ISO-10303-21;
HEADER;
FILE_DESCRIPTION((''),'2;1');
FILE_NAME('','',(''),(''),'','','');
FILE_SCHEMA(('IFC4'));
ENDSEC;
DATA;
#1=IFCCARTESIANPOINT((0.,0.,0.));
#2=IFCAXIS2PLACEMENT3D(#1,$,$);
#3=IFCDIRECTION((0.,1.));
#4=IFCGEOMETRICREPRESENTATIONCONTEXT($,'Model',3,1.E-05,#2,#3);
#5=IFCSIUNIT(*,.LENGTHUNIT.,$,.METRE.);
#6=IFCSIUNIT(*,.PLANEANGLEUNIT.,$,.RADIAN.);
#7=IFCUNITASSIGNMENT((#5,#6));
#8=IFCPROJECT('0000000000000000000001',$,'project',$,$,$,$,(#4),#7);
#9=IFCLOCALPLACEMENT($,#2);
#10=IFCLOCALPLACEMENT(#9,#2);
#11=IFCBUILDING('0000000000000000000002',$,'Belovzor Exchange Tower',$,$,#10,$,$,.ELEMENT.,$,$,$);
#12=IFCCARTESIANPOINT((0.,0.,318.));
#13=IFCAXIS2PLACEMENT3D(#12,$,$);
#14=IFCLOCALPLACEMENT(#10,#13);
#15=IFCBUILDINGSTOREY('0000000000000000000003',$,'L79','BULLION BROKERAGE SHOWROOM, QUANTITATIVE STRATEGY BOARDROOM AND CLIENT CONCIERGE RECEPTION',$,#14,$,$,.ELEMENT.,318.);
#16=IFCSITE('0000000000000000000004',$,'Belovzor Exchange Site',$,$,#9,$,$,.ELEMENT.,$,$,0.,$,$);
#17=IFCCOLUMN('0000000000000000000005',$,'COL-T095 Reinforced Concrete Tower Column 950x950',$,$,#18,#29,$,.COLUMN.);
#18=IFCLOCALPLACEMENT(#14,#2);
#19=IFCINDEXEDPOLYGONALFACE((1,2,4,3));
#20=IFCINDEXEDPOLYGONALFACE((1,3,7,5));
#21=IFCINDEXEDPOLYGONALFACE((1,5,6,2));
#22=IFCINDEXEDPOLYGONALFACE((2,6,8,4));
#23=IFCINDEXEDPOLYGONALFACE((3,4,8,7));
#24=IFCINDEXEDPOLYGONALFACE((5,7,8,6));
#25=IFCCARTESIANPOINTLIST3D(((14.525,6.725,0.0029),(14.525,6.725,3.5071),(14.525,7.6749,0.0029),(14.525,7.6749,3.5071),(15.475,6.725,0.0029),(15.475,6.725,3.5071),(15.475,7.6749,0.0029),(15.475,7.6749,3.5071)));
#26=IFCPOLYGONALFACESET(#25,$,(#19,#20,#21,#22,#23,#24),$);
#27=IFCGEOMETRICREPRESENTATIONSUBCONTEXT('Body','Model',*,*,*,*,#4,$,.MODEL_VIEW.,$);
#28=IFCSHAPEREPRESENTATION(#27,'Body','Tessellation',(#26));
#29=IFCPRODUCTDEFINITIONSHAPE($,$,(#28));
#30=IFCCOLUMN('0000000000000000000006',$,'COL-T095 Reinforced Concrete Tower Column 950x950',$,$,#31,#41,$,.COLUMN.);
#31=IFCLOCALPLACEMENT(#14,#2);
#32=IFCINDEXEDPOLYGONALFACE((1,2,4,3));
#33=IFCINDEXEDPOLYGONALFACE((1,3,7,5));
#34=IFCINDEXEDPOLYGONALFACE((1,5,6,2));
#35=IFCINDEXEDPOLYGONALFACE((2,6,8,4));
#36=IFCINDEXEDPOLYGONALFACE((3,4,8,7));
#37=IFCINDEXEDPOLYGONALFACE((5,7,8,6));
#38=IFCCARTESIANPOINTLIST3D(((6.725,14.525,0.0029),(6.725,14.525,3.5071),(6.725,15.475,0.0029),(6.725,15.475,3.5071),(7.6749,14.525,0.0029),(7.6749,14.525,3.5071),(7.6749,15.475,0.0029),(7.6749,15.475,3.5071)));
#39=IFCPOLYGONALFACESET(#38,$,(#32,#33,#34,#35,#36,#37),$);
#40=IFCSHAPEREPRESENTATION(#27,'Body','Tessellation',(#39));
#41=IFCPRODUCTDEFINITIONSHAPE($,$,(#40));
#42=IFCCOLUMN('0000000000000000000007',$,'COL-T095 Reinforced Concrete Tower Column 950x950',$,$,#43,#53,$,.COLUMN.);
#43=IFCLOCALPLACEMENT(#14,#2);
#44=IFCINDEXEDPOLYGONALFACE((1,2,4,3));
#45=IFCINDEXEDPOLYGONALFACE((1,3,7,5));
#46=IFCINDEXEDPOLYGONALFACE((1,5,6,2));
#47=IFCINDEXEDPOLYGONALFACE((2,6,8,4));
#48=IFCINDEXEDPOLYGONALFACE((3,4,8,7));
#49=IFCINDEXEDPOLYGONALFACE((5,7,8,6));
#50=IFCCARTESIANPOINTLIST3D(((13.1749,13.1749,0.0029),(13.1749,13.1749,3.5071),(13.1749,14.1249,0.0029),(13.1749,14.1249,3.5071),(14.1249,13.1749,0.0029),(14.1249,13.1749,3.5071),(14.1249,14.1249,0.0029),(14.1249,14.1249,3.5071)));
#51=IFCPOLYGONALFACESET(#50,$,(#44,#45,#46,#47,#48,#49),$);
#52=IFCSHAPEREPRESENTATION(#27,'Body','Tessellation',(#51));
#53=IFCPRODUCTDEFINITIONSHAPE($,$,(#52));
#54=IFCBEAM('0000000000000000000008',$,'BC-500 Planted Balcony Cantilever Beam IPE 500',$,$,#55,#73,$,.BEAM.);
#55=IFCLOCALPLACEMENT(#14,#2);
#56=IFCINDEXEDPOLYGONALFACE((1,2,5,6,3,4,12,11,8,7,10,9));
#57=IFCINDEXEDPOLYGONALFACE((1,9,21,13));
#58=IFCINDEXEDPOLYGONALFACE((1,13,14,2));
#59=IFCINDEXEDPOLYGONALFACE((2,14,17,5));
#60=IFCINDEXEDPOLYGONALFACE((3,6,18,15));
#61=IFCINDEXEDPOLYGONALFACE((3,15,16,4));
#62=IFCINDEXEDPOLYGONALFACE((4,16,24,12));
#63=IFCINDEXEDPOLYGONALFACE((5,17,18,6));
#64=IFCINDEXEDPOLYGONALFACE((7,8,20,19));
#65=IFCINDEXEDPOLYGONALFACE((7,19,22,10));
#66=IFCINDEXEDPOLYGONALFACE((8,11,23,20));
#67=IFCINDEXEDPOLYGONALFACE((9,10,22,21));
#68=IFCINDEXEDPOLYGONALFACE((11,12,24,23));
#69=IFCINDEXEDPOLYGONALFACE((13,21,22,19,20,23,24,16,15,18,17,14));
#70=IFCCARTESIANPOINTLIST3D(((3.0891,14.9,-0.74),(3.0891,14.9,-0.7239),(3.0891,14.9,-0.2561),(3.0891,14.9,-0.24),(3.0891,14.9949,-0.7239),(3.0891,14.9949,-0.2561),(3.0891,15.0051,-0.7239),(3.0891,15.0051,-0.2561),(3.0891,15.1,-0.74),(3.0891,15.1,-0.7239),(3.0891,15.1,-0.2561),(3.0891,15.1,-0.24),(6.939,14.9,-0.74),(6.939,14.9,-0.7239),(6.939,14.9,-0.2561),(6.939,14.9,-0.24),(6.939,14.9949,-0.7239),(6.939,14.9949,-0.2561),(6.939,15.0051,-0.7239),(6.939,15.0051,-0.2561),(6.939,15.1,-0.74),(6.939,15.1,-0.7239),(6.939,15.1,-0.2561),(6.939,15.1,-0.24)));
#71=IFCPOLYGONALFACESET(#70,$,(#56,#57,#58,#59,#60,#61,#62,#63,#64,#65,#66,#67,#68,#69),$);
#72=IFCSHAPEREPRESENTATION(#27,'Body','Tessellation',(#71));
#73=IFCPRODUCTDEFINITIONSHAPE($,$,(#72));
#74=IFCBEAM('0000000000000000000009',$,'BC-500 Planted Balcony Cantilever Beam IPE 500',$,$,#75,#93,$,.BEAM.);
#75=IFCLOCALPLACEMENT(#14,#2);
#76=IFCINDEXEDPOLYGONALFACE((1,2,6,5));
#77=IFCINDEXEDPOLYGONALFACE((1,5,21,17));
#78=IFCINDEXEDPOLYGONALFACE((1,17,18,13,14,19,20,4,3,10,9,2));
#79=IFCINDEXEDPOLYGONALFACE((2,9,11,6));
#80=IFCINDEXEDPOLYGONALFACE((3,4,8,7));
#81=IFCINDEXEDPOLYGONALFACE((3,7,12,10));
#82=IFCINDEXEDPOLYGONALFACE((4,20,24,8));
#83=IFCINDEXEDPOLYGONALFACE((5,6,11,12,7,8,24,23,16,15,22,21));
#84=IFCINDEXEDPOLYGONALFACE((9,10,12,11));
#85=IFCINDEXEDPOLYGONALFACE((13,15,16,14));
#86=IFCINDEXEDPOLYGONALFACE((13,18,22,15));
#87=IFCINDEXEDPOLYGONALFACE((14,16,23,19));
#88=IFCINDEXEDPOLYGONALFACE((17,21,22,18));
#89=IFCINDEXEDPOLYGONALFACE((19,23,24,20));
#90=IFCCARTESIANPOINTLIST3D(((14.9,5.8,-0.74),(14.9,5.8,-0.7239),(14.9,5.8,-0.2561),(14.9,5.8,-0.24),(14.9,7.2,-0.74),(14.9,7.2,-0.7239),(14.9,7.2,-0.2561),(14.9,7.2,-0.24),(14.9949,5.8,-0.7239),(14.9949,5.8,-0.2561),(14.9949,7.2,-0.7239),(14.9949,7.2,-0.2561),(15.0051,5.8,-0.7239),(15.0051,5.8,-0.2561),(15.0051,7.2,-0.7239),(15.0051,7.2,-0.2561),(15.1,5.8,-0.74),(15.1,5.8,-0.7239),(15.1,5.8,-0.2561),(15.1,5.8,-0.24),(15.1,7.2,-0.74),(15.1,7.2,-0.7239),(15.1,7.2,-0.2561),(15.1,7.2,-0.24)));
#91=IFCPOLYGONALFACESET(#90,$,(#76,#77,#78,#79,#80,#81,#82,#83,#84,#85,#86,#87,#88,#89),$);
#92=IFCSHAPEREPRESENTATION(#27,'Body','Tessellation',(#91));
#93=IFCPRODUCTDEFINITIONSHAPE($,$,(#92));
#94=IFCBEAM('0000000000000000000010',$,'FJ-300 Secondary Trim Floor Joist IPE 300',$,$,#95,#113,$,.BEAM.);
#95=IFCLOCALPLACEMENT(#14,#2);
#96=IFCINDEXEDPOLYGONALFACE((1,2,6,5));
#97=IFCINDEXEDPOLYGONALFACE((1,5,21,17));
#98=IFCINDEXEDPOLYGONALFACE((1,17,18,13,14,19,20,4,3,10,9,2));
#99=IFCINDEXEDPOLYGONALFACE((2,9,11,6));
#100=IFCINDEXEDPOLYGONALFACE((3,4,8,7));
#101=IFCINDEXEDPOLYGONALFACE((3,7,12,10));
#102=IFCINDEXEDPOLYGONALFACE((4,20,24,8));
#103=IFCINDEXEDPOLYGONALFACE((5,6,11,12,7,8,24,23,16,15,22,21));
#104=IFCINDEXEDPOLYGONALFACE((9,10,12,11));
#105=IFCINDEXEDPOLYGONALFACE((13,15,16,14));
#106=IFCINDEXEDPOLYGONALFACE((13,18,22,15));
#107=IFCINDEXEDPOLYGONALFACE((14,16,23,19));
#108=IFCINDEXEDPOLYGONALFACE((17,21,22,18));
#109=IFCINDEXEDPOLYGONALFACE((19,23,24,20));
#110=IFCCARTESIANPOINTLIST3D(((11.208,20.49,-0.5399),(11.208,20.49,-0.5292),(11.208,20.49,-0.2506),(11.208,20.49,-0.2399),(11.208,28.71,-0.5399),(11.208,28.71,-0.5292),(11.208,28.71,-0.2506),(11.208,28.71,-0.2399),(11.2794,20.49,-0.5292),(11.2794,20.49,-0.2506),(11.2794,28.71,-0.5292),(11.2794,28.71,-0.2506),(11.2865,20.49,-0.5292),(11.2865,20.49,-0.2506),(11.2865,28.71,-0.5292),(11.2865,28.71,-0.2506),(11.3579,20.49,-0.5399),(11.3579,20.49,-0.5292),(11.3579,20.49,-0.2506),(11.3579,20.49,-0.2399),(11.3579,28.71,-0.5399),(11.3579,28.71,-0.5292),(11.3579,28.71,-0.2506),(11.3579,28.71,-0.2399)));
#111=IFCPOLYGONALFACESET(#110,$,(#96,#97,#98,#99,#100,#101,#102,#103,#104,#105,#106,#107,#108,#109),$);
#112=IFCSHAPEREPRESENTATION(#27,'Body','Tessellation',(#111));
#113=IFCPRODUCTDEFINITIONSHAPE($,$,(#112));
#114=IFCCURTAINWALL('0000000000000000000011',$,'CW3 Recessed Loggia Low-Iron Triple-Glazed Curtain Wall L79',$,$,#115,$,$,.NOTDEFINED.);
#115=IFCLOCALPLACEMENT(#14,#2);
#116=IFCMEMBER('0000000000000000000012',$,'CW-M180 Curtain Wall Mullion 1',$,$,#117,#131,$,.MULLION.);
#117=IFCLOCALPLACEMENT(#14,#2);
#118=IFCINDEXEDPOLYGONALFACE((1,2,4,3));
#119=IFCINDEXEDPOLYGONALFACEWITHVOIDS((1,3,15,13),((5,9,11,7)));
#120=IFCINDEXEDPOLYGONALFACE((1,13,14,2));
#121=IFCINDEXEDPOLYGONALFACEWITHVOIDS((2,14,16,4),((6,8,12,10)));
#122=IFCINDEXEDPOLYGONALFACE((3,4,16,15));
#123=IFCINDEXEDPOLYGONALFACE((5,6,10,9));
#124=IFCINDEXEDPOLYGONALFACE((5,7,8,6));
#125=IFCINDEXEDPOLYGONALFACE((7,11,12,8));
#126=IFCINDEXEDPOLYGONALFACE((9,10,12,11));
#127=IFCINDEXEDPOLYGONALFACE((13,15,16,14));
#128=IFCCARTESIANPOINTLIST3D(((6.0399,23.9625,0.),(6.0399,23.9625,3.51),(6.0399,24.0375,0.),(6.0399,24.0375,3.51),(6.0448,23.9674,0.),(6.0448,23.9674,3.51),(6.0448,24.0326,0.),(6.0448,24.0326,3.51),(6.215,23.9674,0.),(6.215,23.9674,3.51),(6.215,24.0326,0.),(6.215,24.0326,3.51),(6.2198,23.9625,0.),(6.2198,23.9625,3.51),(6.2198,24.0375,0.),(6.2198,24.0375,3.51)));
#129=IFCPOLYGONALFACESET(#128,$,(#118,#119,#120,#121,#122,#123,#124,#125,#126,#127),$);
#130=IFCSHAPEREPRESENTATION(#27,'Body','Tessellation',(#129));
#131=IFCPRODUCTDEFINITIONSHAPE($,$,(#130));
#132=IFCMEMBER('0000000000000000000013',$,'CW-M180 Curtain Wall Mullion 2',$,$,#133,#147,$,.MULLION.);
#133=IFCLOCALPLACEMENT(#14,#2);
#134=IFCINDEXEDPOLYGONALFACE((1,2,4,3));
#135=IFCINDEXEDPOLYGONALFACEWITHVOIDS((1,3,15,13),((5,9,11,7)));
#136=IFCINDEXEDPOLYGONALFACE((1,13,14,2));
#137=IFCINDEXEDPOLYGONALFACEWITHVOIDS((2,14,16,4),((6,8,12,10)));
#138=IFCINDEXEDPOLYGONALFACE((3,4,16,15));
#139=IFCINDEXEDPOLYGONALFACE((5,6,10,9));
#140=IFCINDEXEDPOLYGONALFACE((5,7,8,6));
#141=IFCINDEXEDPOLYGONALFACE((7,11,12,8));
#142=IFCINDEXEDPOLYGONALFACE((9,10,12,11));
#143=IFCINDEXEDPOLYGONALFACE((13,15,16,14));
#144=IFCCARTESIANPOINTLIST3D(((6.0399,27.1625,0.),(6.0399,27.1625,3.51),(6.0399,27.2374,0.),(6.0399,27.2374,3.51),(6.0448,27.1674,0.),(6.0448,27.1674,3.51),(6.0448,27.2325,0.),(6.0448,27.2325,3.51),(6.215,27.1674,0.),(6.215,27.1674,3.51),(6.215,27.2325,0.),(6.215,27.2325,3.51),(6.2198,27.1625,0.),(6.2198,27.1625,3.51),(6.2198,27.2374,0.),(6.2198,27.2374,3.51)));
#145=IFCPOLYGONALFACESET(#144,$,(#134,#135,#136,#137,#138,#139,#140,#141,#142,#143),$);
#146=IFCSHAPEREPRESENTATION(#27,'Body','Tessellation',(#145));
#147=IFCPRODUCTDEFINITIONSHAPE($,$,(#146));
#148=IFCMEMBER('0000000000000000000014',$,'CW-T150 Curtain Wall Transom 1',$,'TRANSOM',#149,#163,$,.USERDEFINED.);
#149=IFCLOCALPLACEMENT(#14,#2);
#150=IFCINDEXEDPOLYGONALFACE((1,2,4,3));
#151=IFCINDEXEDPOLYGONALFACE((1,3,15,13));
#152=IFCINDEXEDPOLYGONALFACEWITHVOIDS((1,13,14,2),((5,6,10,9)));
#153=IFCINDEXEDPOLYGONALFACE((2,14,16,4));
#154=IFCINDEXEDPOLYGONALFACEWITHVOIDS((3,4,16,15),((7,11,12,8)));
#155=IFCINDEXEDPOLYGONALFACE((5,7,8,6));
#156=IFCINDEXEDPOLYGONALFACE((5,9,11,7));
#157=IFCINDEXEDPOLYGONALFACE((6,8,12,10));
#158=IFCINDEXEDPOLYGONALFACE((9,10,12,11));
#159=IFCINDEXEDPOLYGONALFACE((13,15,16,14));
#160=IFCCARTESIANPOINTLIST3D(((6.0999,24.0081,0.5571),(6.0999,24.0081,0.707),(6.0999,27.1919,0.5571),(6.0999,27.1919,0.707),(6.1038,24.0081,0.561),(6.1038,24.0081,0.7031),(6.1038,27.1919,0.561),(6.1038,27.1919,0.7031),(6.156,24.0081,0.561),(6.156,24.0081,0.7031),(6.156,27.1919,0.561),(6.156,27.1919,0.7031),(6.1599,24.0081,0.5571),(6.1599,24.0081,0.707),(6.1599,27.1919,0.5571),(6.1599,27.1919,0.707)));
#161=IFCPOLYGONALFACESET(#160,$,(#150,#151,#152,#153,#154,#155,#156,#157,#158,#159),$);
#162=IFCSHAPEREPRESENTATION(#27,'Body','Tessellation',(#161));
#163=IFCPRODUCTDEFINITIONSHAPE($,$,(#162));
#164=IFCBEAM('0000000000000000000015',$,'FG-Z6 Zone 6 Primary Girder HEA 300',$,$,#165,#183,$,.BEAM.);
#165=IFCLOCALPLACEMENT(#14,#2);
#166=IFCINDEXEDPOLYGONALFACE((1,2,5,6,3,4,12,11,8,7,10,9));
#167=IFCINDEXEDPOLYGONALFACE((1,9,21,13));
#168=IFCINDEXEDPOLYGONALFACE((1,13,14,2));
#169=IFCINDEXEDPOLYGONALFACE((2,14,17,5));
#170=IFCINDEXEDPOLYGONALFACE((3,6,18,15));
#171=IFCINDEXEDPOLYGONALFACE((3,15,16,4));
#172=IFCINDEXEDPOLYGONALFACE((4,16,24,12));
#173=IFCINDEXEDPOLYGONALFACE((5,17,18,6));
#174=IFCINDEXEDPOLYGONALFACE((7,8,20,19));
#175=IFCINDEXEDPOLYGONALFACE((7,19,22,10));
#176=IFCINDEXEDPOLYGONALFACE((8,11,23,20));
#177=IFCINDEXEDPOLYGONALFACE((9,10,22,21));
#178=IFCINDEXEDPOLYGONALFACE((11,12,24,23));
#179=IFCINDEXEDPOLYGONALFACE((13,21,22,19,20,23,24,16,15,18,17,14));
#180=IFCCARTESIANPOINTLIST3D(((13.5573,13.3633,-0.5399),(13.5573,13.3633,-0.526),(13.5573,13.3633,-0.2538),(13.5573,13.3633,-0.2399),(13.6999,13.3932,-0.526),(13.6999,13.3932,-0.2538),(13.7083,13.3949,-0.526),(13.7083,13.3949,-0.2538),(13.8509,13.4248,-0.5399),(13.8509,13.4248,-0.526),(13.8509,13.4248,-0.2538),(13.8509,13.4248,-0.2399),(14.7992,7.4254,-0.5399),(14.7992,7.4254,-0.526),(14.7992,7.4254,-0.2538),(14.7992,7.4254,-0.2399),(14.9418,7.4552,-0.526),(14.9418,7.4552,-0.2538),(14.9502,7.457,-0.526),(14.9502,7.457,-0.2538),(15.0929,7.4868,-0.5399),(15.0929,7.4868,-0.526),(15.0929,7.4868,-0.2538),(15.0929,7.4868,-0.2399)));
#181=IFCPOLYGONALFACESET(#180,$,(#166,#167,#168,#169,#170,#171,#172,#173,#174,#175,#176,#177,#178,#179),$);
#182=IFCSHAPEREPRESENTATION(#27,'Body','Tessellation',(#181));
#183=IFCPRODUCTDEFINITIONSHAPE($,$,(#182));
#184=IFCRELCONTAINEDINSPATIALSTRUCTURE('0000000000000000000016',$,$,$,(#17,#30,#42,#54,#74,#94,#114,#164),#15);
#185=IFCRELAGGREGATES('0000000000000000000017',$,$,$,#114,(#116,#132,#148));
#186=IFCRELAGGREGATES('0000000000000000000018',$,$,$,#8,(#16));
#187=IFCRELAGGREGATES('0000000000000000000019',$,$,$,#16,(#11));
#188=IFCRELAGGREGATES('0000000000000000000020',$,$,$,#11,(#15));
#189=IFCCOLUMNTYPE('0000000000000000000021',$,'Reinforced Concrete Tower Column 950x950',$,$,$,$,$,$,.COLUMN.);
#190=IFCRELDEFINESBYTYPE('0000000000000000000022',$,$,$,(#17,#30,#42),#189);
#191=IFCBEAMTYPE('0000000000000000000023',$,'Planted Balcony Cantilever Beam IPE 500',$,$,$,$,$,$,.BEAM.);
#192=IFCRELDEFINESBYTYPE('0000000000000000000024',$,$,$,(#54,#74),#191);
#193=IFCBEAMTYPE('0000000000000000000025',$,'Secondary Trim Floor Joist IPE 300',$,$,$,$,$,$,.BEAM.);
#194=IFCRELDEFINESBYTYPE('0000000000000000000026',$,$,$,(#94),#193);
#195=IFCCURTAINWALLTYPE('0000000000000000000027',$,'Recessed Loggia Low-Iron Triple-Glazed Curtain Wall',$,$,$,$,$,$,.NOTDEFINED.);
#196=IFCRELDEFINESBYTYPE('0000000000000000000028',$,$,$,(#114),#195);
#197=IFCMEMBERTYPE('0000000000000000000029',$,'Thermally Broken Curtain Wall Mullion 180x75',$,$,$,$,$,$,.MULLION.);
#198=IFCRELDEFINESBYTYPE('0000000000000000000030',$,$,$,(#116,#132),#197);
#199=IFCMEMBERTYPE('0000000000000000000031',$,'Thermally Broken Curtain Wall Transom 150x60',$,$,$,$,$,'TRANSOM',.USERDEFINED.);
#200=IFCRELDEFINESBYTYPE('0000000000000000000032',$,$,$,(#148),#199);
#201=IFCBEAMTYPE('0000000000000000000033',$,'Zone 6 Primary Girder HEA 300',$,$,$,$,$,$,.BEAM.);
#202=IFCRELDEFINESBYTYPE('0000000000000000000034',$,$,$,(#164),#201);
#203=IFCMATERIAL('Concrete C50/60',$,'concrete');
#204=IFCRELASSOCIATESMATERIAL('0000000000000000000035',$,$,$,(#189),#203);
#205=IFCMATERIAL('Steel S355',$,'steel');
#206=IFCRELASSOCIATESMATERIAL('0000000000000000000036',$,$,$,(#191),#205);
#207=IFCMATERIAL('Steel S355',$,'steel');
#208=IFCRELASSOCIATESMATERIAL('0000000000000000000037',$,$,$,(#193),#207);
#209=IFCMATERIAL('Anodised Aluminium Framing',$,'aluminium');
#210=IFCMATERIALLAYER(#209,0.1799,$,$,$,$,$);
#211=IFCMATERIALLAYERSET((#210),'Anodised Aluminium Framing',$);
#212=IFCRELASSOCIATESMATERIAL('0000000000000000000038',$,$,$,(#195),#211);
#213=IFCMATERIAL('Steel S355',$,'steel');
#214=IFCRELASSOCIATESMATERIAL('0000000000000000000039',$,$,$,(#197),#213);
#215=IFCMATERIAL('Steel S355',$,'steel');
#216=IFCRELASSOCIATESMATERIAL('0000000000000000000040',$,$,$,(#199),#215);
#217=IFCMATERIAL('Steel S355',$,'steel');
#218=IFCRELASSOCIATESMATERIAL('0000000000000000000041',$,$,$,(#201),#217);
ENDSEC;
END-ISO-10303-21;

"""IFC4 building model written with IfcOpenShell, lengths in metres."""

from ifc_helpers import new_model, si_unit, direction, frame, origin, origin_2d, place, context, subcontext, project, spatial, rectangle, hollow_rectangle, i_section, extrude, material, layer, layer_set, material_profile, profile_set, type_object, element, aggregate, save


model = new_model("IFC4")

# Units and contexts
model_context = context("Model", 3, precision=1e-05, world=origin(), true_north=direction((0.0, 1.0)))
body_context = subcontext(model_context, "Body", "Model", "MODEL_VIEW")
ifc_project = project(units=[si_unit("LENGTHUNIT", "METRE"), si_unit("PLANEANGLEUNIT", "RADIAN")], contexts=[model_context])

# Site, building, storey
site_placement = place(None, origin())
site = spatial("IfcSite", under=ifc_project, at=site_placement, Name="Belovzor Exchange Site", CompositionType="ELEMENT", RefElevation=0.0)
building_placement = place(site_placement, origin())
building = spatial("IfcBuilding", under=site, at=building_placement, Name="Belovzor Exchange Tower", CompositionType="ELEMENT")
storey_placement = place(building_placement, frame((0.0, 0.0, 318.0)))
storey = spatial("IfcBuildingStorey", under=building, at=storey_placement, Name="L79", Description="BULLION BROKERAGE SHOWROOM, QUANTITATIVE STRATEGY BOARDROOM AND CLIENT CONCIERGE RECEPTION", CompositionType="ELEMENT", Elevation=318.0)

# Columns
ifc_material_1 = material(Name="Concrete C50/60", Category="concrete")
ifc_material_profile_1 = material_profile(ifc_material_1, rectangle(XDim=0.95, YDim=0.95, at=origin_2d()))
ifc_profile_set_1 = profile_set([ifc_material_profile_1], Name="Concrete C50/60")
column_type = type_object("IfcColumnType", Name="Reinforced Concrete Tower Column 950x950", PredefinedType="COLUMN", material=ifc_profile_set_1)
for number, where, z_axis, x_axis, name in (
    (1, (15.0, 7.2, 0.0029), (0.0, 0.0, 1.0), (1.0, 0.0, 0.0), "COL-T095 Reinforced Concrete Tower Column 950x950"),
    (2, (7.2, 15.0, 0.0029), (0.0, 0.0, 1.0), (1.0, 0.0, 0.0), "COL-T095 Reinforced Concrete Tower Column 950x950"),
    (3, (13.6499, 13.6499, 0.0029), (0.0, 0.0, 1.0), (1.0, 0.0, 0.0), "COL-T095 Reinforced Concrete Tower Column 950x950"),
):
    element("IfcColumn", number, at=place(storey_placement, frame(where, z_axis=z_axis, x_axis=x_axis)), inside=storey, type_object=column_type, Name=name, PredefinedType="COLUMN", context=body_context, shape_type="SweptSolid", body=[
        extrude(rectangle(XDim=0.95, YDim=0.95, at=origin_2d()), origin(), (0.0, 0.0, 1.0), 3.5042),
    ])

# Beams
ifc_material_2 = material(Name="Steel S355", Category="steel")
ifc_material_profile_2 = material_profile(ifc_material_2, i_section(OverallWidth=0.2, OverallDepth=0.5, WebThickness=0.0103, FlangeThickness=0.0161, at=origin_2d()))
ifc_profile_set_2 = profile_set([ifc_material_profile_2], Name="Steel S355")
beam_type_1 = type_object("IfcBeamType", Name="Planted Balcony Cantilever Beam IPE 500", PredefinedType="BEAM", material=ifc_profile_set_2)
beam_1_placement = place(storey_placement, frame((6.939, 15.0, -0.49), z_axis=(-1.0, 0.0, 0.0), x_axis=(0.0, -1.0, 0.0)))
element("IfcBeam", 4, at=beam_1_placement, inside=storey, type_object=beam_type_1, Name="BC-500 Planted Balcony Cantilever Beam IPE 500", PredefinedType="BEAM", context=body_context, shape_type="SweptSolid", body=[
    extrude(i_section(OverallWidth=0.2, OverallDepth=0.5, WebThickness=0.0103, FlangeThickness=0.0161, at=origin_2d()), origin(), (0.0, 0.0, 1.0), 3.8499),
])
beam_2_placement = place(storey_placement, frame((15.0, 7.2, -0.49), z_axis=(0.0, -1.0, 0.0), x_axis=(1.0, 0.0, 0.0)))
element("IfcBeam", 5, at=beam_2_placement, inside=storey, type_object=beam_type_1, Name="BC-500 Planted Balcony Cantilever Beam IPE 500", PredefinedType="BEAM", context=body_context, shape_type="SweptSolid", body=[
    extrude(i_section(OverallWidth=0.2, OverallDepth=0.5, WebThickness=0.0103, FlangeThickness=0.0161, at=origin_2d()), origin(), (0.0, 0.0, 1.0), 1.3999),
])
ifc_material_3 = material(Name="Steel S355", Category="steel")
ifc_material_profile_3 = material_profile(ifc_material_3, i_section(OverallWidth=0.1499, OverallDepth=0.3, WebThickness=0.0071, FlangeThickness=0.0107, at=origin_2d()))
ifc_profile_set_3 = profile_set([ifc_material_profile_3], Name="Steel S355")
beam_type_2 = type_object("IfcBeamType", Name="Secondary Trim Floor Joist IPE 300", PredefinedType="BEAM", material=ifc_profile_set_3)
beam_3_placement = place(storey_placement, frame((11.283, 20.49, -0.3899), z_axis=(0.0, 1.0, 0.0), x_axis=(-1.0, 0.0, 0.0)))
element("IfcBeam", 6, at=beam_3_placement, inside=storey, type_object=beam_type_2, Name="FJ-300 Secondary Trim Floor Joist IPE 300", PredefinedType="BEAM", context=body_context, shape_type="SweptSolid", body=[
    extrude(i_section(OverallWidth=0.1499, OverallDepth=0.3, WebThickness=0.0071, FlangeThickness=0.0107, at=origin_2d()), origin(), (0.0, 0.0, 1.0), 8.22),
])

# Curtain wall, members
ifc_material_4 = material(Name="Anodised Aluminium Framing", Category="aluminium")
ifc_layer_1 = layer(ifc_material_4, 0.1799)
ifc_layer_set_1 = layer_set([ifc_layer_1], Name="Anodised Aluminium Framing")
curtain_wall_type = type_object("IfcCurtainWallType", Name="Recessed Loggia Low-Iron Triple-Glazed Curtain Wall", PredefinedType="NOTDEFINED", material=ifc_layer_set_1)
curtain_wall_placement = place(storey_placement, origin())
curtain_wall = element("IfcCurtainWall", 7, at=curtain_wall_placement, inside=storey, type_object=curtain_wall_type, Name="CW3 Recessed Loggia Low-Iron Triple-Glazed Curtain Wall L79", PredefinedType="NOTDEFINED")
ifc_material_5 = material(Name="Steel S355", Category="steel")
ifc_material_profile_4 = material_profile(ifc_material_5, hollow_rectangle(XDim=0.075, YDim=0.1799, WallThickness=0.0049, at=origin_2d()))
ifc_profile_set_4 = profile_set([ifc_material_profile_4], Name="Steel S355")
member_type_1 = type_object("IfcMemberType", Name="Thermally Broken Curtain Wall Mullion 180x75", PredefinedType="MULLION", material=ifc_profile_set_4)
member_1_placement = place(storey_placement, frame((6.1299, 24.0, 0.0), z_axis=(0.0, 0.0, 1.0), x_axis=(0.0, 1.0, 0.0)))
member_1 = element("IfcMember", 8, at=member_1_placement, type_object=member_type_1, Name="CW-M180 Curtain Wall Mullion 1", PredefinedType="MULLION", context=body_context, shape_type="SweptSolid", body=[
    extrude(hollow_rectangle(XDim=0.075, YDim=0.1799, WallThickness=0.0049, at=origin_2d()), origin(), (0.0, 0.0, 1.0), 3.51),
])
member_2_placement = place(storey_placement, frame((6.1299, 27.2, 0.0), z_axis=(0.0, 0.0, 1.0), x_axis=(0.0, 1.0, 0.0)))
member_2 = element("IfcMember", 9, at=member_2_placement, type_object=member_type_1, Name="CW-M180 Curtain Wall Mullion 2", PredefinedType="MULLION", context=body_context, shape_type="SweptSolid", body=[
    extrude(hollow_rectangle(XDim=0.075, YDim=0.1799, WallThickness=0.0049, at=origin_2d()), origin(), (0.0, 0.0, 1.0), 3.51),
])
ifc_material_6 = material(Name="Steel S355", Category="steel")
ifc_material_profile_5 = material_profile(ifc_material_6, hollow_rectangle(XDim=0.0601, YDim=0.1499, WallThickness=0.0039, at=origin_2d()))
ifc_profile_set_5 = profile_set([ifc_material_profile_5], Name="Steel S355")
member_type_2 = type_object("IfcMemberType", Name="Thermally Broken Curtain Wall Transom 150x60", ElementType="TRANSOM", PredefinedType="USERDEFINED", material=ifc_profile_set_5)
member_3_placement = place(storey_placement, frame((6.1299, 24.0081, 0.6321), z_axis=(0.0, 1.0, 0.0), x_axis=(-1.0, 0.0, 0.0)))
member_3 = element("IfcMember", 10, at=member_3_placement, type_object=member_type_2, Name="CW-T150 Curtain Wall Transom 1", ObjectType="TRANSOM", PredefinedType="USERDEFINED", context=body_context, shape_type="SweptSolid", body=[
    extrude(hollow_rectangle(XDim=0.0601, YDim=0.1499, WallThickness=0.0039, at=origin_2d()), origin(), (0.0, 0.0, 1.0), 3.1838),
])

# Beam
ifc_material_7 = material(Name="Steel S355", Category="steel")
ifc_material_profile_6 = material_profile(ifc_material_7, i_section(OverallWidth=0.3, OverallDepth=0.3, WebThickness=0.0085, FlangeThickness=0.0139, at=origin_2d()))
ifc_profile_set_6 = profile_set([ifc_material_profile_6], Name="Steel S355")
beam_type_3 = type_object("IfcBeamType", Name="Zone 6 Primary Girder HEA 300", PredefinedType="BEAM", material=ifc_profile_set_6)
beam_4_placement = place(storey_placement, frame((13.7041, 13.394, -0.3899), z_axis=(0.204722, -0.97882, 0.0), x_axis=(0.97882, 0.204722, 0.0)))
element("IfcBeam", 11, at=beam_4_placement, inside=storey, type_object=beam_type_3, Name="FG-Z6 Zone 6 Primary Girder HEA 300", PredefinedType="BEAM", context=body_context, shape_type="SweptSolid", body=[
    extrude(i_section(OverallWidth=0.3, OverallDepth=0.3, WebThickness=0.0085, FlangeThickness=0.0139, at=origin_2d()), origin(), (0.0, 0.0, 1.0), 6.0664),
])

aggregate(curtain_wall, [member_1, member_2, member_3])

save(model, "model.ifc")
